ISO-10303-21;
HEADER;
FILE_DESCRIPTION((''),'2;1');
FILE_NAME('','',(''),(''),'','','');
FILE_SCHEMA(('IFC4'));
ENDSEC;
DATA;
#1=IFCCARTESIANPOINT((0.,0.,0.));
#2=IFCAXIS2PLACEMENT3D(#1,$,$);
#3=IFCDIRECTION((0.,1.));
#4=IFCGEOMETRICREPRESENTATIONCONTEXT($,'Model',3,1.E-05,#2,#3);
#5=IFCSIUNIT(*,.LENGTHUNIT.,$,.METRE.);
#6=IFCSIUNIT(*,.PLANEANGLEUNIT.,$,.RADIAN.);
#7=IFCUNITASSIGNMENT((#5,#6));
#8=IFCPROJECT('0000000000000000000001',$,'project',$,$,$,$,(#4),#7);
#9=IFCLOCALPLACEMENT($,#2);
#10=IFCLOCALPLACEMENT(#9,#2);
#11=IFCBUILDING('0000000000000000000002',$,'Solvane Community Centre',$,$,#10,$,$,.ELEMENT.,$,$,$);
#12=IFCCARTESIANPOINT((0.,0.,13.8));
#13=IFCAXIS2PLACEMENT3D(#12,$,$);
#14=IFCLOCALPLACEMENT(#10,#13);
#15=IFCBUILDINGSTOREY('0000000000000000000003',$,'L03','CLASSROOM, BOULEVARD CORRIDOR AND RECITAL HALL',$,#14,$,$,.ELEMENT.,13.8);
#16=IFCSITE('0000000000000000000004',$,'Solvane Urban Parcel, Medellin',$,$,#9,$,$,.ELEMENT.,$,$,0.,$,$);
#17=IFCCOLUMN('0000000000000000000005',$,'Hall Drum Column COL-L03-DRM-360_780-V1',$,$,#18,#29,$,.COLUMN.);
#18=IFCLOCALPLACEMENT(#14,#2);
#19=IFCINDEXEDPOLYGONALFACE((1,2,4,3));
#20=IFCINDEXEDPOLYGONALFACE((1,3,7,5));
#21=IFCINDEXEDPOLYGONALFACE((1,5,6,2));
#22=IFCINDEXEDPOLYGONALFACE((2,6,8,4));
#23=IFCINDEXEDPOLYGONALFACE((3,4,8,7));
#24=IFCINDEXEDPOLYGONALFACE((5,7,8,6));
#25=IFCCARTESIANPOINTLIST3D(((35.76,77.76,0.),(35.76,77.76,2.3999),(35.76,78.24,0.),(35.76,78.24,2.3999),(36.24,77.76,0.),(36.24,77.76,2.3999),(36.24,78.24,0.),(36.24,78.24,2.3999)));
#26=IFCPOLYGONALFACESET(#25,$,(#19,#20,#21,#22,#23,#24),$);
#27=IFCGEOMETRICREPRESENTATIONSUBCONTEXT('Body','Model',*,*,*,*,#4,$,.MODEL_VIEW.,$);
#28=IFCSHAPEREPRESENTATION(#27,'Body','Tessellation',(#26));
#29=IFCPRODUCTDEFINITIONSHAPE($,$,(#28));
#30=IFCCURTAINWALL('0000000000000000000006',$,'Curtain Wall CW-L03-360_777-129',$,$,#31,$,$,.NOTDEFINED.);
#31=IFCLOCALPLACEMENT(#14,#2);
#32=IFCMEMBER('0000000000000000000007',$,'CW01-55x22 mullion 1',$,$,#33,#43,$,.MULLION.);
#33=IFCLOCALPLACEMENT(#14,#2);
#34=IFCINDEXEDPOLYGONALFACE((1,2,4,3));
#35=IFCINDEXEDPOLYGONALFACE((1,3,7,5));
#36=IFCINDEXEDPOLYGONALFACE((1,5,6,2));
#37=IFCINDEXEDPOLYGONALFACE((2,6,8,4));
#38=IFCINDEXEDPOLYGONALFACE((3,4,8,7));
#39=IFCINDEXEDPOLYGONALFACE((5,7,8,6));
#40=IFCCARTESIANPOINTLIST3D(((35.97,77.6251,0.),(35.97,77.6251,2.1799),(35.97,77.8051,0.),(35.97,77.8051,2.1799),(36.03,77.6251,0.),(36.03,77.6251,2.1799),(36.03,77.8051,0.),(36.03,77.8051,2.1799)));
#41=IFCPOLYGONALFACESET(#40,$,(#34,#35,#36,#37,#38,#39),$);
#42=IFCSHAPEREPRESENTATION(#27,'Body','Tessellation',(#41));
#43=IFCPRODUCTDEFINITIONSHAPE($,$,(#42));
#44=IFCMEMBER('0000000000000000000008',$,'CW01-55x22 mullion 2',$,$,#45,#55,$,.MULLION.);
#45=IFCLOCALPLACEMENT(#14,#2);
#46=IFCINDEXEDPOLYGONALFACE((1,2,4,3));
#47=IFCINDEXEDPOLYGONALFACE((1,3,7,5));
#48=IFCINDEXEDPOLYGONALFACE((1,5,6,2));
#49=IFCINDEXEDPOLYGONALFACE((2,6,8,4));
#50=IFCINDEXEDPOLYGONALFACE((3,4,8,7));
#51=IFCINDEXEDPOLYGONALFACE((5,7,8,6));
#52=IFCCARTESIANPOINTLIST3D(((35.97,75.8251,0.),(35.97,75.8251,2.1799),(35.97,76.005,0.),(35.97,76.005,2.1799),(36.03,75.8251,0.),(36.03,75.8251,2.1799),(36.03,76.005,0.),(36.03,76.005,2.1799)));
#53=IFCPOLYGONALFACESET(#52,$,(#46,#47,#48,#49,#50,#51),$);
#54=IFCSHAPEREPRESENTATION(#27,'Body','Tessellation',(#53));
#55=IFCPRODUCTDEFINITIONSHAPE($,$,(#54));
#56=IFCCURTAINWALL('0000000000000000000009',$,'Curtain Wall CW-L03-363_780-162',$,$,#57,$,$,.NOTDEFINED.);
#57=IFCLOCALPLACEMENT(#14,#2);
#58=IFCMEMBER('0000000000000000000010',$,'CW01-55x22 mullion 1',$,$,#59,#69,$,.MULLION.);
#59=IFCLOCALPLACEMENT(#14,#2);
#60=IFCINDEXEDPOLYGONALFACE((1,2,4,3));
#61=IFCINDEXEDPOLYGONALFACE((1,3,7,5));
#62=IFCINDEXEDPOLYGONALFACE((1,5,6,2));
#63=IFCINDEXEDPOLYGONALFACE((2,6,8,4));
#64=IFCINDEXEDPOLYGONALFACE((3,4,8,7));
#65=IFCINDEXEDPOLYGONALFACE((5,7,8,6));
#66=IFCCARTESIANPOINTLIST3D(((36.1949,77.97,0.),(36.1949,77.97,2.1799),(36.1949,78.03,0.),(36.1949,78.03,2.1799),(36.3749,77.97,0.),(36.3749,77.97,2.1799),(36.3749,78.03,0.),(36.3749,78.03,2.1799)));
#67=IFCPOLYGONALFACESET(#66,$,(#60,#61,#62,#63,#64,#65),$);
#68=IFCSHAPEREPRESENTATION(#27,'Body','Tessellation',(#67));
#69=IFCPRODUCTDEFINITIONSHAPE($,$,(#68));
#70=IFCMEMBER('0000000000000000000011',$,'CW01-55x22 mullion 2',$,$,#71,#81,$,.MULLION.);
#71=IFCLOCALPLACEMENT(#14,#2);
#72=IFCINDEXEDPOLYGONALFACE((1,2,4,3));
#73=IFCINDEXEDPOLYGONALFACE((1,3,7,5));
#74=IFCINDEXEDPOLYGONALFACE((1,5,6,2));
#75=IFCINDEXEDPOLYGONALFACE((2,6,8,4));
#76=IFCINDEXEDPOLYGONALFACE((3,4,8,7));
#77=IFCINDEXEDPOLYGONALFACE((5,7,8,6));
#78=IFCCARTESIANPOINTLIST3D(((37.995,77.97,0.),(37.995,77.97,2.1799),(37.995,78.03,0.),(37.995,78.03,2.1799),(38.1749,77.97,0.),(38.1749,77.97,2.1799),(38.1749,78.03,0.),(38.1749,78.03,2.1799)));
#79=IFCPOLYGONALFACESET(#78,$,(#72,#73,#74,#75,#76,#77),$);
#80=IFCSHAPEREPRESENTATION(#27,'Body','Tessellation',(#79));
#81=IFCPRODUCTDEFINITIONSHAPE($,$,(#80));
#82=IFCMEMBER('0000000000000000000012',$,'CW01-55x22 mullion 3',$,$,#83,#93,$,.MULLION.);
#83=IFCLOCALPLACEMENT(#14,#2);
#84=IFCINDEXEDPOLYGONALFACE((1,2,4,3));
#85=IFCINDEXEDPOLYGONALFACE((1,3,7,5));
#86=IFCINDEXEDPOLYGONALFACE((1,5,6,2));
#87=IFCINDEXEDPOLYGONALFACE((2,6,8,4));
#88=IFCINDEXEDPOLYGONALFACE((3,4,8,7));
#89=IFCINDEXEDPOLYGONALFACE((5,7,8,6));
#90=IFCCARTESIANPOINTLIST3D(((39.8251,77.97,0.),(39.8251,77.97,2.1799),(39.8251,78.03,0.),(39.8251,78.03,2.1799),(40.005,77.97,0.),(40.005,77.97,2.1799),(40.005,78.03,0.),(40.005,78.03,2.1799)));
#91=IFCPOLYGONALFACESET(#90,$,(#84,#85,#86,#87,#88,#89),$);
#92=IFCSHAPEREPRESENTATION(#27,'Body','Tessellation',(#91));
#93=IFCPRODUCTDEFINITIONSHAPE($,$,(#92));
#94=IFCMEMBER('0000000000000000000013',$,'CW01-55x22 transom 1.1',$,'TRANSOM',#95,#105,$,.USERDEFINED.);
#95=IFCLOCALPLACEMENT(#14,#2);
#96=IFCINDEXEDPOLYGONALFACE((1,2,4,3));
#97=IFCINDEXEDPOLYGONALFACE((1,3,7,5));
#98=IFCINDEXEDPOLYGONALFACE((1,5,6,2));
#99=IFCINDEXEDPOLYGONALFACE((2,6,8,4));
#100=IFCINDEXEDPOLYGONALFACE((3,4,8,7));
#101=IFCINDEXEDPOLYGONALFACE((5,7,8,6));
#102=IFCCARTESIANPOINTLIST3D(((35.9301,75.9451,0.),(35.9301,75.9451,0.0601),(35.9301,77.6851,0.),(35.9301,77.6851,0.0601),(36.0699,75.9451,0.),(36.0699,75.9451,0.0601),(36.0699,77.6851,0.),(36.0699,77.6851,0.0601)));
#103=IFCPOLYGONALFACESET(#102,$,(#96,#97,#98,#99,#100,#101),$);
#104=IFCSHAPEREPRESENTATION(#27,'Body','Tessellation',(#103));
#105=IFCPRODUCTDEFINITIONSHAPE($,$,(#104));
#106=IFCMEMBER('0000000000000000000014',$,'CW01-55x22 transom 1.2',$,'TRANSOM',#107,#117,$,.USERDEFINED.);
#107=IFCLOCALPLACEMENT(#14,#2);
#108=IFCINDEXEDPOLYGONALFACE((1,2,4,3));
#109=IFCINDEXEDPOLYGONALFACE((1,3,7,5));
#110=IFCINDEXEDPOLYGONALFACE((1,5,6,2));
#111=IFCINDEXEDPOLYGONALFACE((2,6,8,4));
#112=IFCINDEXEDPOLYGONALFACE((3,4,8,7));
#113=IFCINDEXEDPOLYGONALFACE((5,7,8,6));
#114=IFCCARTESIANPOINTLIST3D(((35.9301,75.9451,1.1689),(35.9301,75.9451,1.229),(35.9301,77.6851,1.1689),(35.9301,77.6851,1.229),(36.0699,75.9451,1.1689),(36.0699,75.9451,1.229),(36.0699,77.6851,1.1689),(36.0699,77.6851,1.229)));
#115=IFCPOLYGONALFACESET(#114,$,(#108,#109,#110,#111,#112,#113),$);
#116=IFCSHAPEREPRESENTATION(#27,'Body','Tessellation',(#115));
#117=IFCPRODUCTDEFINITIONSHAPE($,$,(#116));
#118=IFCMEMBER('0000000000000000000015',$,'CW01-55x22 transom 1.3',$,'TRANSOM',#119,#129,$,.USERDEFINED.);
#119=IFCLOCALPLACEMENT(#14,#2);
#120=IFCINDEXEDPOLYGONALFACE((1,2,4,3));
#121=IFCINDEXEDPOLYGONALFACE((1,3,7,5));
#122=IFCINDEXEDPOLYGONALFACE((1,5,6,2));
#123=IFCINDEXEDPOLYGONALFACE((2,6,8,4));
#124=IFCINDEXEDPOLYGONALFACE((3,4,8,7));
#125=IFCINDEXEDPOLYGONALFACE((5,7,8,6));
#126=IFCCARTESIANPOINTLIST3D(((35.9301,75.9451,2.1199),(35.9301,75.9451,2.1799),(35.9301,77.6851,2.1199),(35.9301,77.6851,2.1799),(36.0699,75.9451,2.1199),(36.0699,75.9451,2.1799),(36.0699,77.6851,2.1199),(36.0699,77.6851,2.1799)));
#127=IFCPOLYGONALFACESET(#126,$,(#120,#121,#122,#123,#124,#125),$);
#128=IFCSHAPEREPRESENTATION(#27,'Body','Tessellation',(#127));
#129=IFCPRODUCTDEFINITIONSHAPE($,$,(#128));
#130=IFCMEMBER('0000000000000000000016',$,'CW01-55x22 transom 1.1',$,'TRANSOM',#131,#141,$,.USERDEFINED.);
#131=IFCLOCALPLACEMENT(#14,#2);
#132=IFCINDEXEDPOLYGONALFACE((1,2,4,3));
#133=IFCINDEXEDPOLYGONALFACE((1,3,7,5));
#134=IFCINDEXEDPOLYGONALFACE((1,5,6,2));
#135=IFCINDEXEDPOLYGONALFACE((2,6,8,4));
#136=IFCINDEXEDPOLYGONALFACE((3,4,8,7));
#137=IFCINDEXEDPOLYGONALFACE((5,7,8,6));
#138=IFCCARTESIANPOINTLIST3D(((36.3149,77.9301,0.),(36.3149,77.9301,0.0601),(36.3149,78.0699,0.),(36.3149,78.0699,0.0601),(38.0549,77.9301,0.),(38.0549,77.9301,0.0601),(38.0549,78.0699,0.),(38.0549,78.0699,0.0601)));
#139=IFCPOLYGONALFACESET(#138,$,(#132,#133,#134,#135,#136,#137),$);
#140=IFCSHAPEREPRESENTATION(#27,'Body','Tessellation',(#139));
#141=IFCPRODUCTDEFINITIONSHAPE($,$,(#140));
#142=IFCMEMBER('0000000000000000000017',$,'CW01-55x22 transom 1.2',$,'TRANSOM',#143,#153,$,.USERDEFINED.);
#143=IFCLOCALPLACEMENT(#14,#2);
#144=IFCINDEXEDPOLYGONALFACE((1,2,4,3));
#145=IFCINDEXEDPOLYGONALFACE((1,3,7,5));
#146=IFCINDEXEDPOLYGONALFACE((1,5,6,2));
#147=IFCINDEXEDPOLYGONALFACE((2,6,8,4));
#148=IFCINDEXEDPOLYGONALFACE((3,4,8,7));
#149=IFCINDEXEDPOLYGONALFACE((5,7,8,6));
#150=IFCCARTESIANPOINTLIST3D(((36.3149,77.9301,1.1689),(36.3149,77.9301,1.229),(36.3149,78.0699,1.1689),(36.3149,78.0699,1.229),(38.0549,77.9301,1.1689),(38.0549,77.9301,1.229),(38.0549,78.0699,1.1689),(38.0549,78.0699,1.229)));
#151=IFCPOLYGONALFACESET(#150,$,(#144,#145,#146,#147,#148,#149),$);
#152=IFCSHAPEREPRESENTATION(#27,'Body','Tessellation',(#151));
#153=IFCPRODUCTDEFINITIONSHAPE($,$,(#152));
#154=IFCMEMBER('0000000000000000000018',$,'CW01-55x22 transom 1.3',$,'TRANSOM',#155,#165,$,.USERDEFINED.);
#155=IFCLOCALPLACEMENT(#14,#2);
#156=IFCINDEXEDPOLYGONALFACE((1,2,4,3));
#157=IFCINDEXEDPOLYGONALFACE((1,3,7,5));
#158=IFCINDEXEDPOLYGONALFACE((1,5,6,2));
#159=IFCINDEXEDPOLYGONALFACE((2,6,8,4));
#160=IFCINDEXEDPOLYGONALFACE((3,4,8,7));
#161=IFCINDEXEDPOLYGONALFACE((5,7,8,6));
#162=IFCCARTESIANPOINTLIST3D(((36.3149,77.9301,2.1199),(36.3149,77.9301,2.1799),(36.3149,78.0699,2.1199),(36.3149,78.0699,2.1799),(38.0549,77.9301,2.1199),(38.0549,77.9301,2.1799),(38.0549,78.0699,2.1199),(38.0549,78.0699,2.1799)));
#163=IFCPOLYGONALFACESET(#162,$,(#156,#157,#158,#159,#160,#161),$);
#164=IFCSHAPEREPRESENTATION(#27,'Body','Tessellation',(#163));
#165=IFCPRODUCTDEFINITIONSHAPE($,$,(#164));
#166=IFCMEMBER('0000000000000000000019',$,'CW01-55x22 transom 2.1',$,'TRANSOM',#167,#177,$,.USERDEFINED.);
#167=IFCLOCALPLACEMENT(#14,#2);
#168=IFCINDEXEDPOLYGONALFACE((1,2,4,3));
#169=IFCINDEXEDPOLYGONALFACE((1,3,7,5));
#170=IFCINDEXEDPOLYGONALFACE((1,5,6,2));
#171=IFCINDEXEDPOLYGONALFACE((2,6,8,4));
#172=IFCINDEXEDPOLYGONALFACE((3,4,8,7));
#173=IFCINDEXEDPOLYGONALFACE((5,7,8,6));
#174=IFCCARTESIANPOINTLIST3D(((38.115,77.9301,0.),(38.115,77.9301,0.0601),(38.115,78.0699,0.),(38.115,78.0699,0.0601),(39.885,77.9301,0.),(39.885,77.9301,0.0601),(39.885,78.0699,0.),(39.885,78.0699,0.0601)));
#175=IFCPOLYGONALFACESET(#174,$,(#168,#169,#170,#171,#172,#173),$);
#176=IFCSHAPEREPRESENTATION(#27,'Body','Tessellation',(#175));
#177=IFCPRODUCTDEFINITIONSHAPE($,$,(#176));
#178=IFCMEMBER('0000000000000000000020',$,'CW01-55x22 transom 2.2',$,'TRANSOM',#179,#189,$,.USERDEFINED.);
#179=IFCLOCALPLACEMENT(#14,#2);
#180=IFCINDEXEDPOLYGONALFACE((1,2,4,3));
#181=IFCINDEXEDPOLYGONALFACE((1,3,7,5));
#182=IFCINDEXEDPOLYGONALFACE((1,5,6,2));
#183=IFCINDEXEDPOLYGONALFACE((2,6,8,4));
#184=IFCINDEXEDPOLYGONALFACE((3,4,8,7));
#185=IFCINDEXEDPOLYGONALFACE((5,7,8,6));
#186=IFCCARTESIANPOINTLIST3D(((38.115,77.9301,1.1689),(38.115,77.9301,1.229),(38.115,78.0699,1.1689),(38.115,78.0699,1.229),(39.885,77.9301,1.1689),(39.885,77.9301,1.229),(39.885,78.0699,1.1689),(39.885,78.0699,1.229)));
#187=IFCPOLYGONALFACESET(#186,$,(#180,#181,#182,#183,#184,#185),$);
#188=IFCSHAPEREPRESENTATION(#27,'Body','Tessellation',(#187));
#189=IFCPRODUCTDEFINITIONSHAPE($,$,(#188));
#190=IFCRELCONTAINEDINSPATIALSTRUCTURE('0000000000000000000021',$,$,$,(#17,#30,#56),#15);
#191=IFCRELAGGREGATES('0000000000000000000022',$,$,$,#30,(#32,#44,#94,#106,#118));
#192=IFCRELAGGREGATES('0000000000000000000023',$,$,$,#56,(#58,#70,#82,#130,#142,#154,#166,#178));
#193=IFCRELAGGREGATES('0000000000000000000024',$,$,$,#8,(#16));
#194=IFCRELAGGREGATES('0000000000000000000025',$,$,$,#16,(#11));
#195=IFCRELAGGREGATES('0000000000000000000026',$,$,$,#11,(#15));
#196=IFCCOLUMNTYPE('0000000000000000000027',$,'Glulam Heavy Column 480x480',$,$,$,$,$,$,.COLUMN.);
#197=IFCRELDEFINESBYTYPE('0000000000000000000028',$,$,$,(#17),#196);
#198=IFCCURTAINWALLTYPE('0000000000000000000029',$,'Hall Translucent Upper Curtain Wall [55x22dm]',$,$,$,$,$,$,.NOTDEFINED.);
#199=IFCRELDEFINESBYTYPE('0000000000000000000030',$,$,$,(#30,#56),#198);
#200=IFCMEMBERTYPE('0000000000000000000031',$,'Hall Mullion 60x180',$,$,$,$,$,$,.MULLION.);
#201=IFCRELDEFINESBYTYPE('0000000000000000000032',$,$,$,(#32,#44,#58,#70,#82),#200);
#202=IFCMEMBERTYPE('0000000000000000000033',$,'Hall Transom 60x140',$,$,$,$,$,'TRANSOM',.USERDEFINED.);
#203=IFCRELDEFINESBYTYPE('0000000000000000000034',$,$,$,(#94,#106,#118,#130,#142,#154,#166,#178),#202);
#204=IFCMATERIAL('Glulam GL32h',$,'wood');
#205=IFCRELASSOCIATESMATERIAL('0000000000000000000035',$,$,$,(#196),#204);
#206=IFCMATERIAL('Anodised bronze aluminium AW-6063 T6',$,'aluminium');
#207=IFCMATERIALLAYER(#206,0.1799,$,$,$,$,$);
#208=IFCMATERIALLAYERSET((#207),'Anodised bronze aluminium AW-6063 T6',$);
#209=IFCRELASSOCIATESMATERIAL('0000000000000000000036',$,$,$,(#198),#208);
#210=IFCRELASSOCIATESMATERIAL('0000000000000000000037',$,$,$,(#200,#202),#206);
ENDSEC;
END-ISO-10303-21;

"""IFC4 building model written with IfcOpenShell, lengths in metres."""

from ifc_helpers import new_model, si_unit, direction, frame, origin, origin_2d, place, context, subcontext, project, spatial, rectangle, extrude, material, layer, layer_set, material_profile, profile_set, type_object, element, aggregate, save


model = new_model("IFC4")

# Units and contexts
model_context = context("Model", 3, precision=1e-05, world=origin(), true_north=direction((0.0, 1.0)))
body_context = subcontext(model_context, "Body", "Model", "MODEL_VIEW")
ifc_project = project(units=[si_unit("LENGTHUNIT", "METRE"), si_unit("PLANEANGLEUNIT", "RADIAN")], contexts=[model_context])

# Site, building, storey
site_placement = place(None, origin())
site = spatial("IfcSite", under=ifc_project, at=site_placement, Name="Solvane Urban Parcel, Medellin", CompositionType="ELEMENT", RefElevation=0.0)
building_placement = place(site_placement, origin())
building = spatial("IfcBuilding", under=site, at=building_placement, Name="Solvane Community Centre", CompositionType="ELEMENT")
storey_placement = place(building_placement, frame((0.0, 0.0, 13.8)))
storey = spatial("IfcBuildingStorey", under=building, at=storey_placement, Name="L03", Description="CLASSROOM, BOULEVARD CORRIDOR AND RECITAL HALL", CompositionType="ELEMENT", Elevation=13.8)

# Column
ifc_material_1 = material(Name="Glulam GL32h", Category="wood")
ifc_material_profile_1 = material_profile(ifc_material_1, rectangle(XDim=0.48, YDim=0.48, at=origin_2d()), Name="GL32h 480x480")
ifc_profile_set_1 = profile_set([ifc_material_profile_1], Name="Glulam GL32h")
column_type = type_object("IfcColumnType", Name="Glulam Heavy Column 480x480", PredefinedType="COLUMN", material=ifc_profile_set_1)
column_placement = place(storey_placement, frame((36.0, 78.0, 0.0), z_axis=(0.0, 0.0, 1.0), x_axis=(1.0, 0.0, 0.0)))
element("IfcColumn", 1, at=column_placement, inside=storey, type_object=column_type, Name="Hall Drum Column COL-L03-DRM-360_780-V1", PredefinedType="COLUMN", context=body_context, shape_type="SweptSolid", body=[
    extrude(rectangle(XDim=0.48, YDim=0.48, at=origin_2d()), origin(), (0.0, 0.0, 1.0), 2.3999),
])

# Curtain walls, members
ifc_material_2 = material(Name="Anodised bronze aluminium AW-6063 T6", Category="aluminium")
ifc_layer_1 = layer(ifc_material_2, 0.1799)
ifc_layer_set_1 = layer_set([ifc_layer_1], Name="Anodised bronze aluminium AW-6063 T6")
curtain_wall_type = type_object("IfcCurtainWallType", Name="Hall Translucent Upper Curtain Wall [55x22dm]", PredefinedType="NOTDEFINED", material=ifc_layer_set_1)
curtain_wall_1_placement = place(storey_placement, origin())
curtain_wall_1 = element("IfcCurtainWall", 2, at=curtain_wall_1_placement, inside=storey, type_object=curtain_wall_type, Name="Curtain Wall CW-L03-360_777-129", PredefinedType="NOTDEFINED")
ifc_material_profile_2 = material_profile(ifc_material_2, rectangle(XDim=0.0601, YDim=0.1799, at=origin_2d()), Name="CW-M 60x180")
ifc_profile_set_2 = profile_set([ifc_material_profile_2], Name="Anodised bronze aluminium AW-6063 T6")
member_type_1 = type_object("IfcMemberType", Name="Hall Mullion 60x180", PredefinedType="MULLION", material=ifc_profile_set_2)
member_1_placement = place(storey_placement, frame((36.0, 77.7151, 0.0), z_axis=(0.0, 0.0, 1.0), x_axis=(1.0, 0.0, 0.0)))
member_1 = element("IfcMember", 3, at=member_1_placement, type_object=member_type_1, Name="CW01-55x22 mullion 1", PredefinedType="MULLION", context=body_context, shape_type="SweptSolid", body=[
    extrude(rectangle(XDim=0.0601, YDim=0.1799, at=origin_2d()), origin(), (0.0, 0.0, 1.0), 2.1799),
])
member_2_placement = place(storey_placement, frame((36.0, 75.915, 0.0), z_axis=(0.0, 0.0, 1.0), x_axis=(1.0, 0.0, 0.0)))
member_2 = element("IfcMember", 4, at=member_2_placement, type_object=member_type_1, Name="CW01-55x22 mullion 2", PredefinedType="MULLION", context=body_context, shape_type="SweptSolid", body=[
    extrude(rectangle(XDim=0.0601, YDim=0.1799, at=origin_2d()), origin(), (0.0, 0.0, 1.0), 2.1799),
])
curtain_wall_2_placement = place(storey_placement, origin())
curtain_wall_2 = element("IfcCurtainWall", 5, at=curtain_wall_2_placement, inside=storey, type_object=curtain_wall_type, Name="Curtain Wall CW-L03-363_780-162", PredefinedType="NOTDEFINED")
member_3_placement = place(storey_placement, frame((36.2849, 78.0, 0.0), z_axis=(0.0, 0.0, 1.0), x_axis=(0.0, 1.0, 0.0)))
member_3 = element("IfcMember", 6, at=member_3_placement, type_object=member_type_1, Name="CW01-55x22 mullion 1", PredefinedType="MULLION", context=body_context, shape_type="SweptSolid", body=[
    extrude(rectangle(XDim=0.0601, YDim=0.1799, at=origin_2d()), origin(), (0.0, 0.0, 1.0), 2.1799),
])
member_4_placement = place(storey_placement, frame((38.085, 78.0, 0.0), z_axis=(0.0, 0.0, 1.0), x_axis=(0.0, 1.0, 0.0)))
member_4 = element("IfcMember", 7, at=member_4_placement, type_object=member_type_1, Name="CW01-55x22 mullion 2", PredefinedType="MULLION", context=body_context, shape_type="SweptSolid", body=[
    extrude(rectangle(XDim=0.0601, YDim=0.1799, at=origin_2d()), origin(), (0.0, 0.0, 1.0), 2.1799),
])
member_5_placement = place(storey_placement, frame((39.915, 78.0, 0.0), z_axis=(0.0, 0.0, 1.0), x_axis=(0.0, 1.0, 0.0)))
member_5 = element("IfcMember", 8, at=member_5_placement, type_object=member_type_1, Name="CW01-55x22 mullion 3", PredefinedType="MULLION", context=body_context, shape_type="SweptSolid", body=[
    extrude(rectangle(XDim=0.0601, YDim=0.1799, at=origin_2d()), origin(), (0.0, 0.0, 1.0), 2.1799),
])

# Members
ifc_material_profile_3 = material_profile(ifc_material_2, rectangle(XDim=0.1399, YDim=0.0601, at=origin_2d()), Name="CW-T 60x140")
ifc_profile_set_3 = profile_set([ifc_material_profile_3], Name="Anodised bronze aluminium AW-6063 T6")
member_type_2 = type_object("IfcMemberType", Name="Hall Transom 60x140", ElementType="TRANSOM", PredefinedType="USERDEFINED", material=ifc_profile_set_3)
member_6_placement = place(storey_placement, frame((36.0, 77.6851, 0.03), z_axis=(0.0, -1.0, 0.0), x_axis=(1.0, 0.0, 0.0)))
member_6 = element("IfcMember", 9, at=member_6_placement, type_object=member_type_2, Name="CW01-55x22 transom 1.1", ObjectType="TRANSOM", PredefinedType="USERDEFINED", context=body_context, shape_type="SweptSolid", body=[
    extrude(rectangle(XDim=0.1399, YDim=0.0601, at=origin_2d()), origin(), (0.0, 0.0, 1.0), 1.74),
])
member_7_placement = place(storey_placement, frame((36.0, 77.6851, 1.199), z_axis=(0.0, -1.0, 0.0), x_axis=(1.0, 0.0, 0.0)))
member_7 = element("IfcMember", 10, at=member_7_placement, type_object=member_type_2, Name="CW01-55x22 transom 1.2", ObjectType="TRANSOM", PredefinedType="USERDEFINED", context=body_context, shape_type="SweptSolid", body=[
    extrude(rectangle(XDim=0.1399, YDim=0.0601, at=origin_2d()), origin(), (0.0, 0.0, 1.0), 1.74),
])
member_8_placement = place(storey_placement, frame((36.0, 77.6851, 2.1499), z_axis=(0.0, -1.0, 0.0), x_axis=(1.0, 0.0, 0.0)))
member_8 = element("IfcMember", 11, at=member_8_placement, type_object=member_type_2, Name="CW01-55x22 transom 1.3", ObjectType="TRANSOM", PredefinedType="USERDEFINED", context=body_context, shape_type="SweptSolid", body=[
    extrude(rectangle(XDim=0.1399, YDim=0.0601, at=origin_2d()), origin(), (0.0, 0.0, 1.0), 1.74),
])
member_9_placement = place(storey_placement, frame((36.3149, 78.0, 0.03), z_axis=(1.0, 0.0, 0.0), x_axis=(0.0, 1.0, 0.0)))
member_9 = element("IfcMember", 12, at=member_9_placement, type_object=member_type_2, Name="CW01-55x22 transom 1.1", ObjectType="TRANSOM", PredefinedType="USERDEFINED", context=body_context, shape_type="SweptSolid", body=[
    extrude(rectangle(XDim=0.1399, YDim=0.0601, at=origin_2d()), origin(), (0.0, 0.0, 1.0), 1.74),
])
member_10_placement = place(storey_placement, frame((36.3149, 78.0, 1.199), z_axis=(1.0, 0.0, 0.0), x_axis=(0.0, 1.0, 0.0)))
member_10 = element("IfcMember", 13, at=member_10_placement, type_object=member_type_2, Name="CW01-55x22 transom 1.2", ObjectType="TRANSOM", PredefinedType="USERDEFINED", context=body_context, shape_type="SweptSolid", body=[
    extrude(rectangle(XDim=0.1399, YDim=0.0601, at=origin_2d()), origin(), (0.0, 0.0, 1.0), 1.74),
])
member_11_placement = place(storey_placement, frame((36.3149, 78.0, 2.1499), z_axis=(1.0, 0.0, 0.0), x_axis=(0.0, 1.0, 0.0)))
member_11 = element("IfcMember", 14, at=member_11_placement, type_object=member_type_2, Name="CW01-55x22 transom 1.3", ObjectType="TRANSOM", PredefinedType="USERDEFINED", context=body_context, shape_type="SweptSolid", body=[
    extrude(rectangle(XDim=0.1399, YDim=0.0601, at=origin_2d()), origin(), (0.0, 0.0, 1.0), 1.74),
])
member_12_placement = place(storey_placement, frame((38.115, 78.0, 0.03), z_axis=(1.0, 0.0, 0.0), x_axis=(0.0, 1.0, 0.0)))
member_12 = element("IfcMember", 15, at=member_12_placement, type_object=member_type_2, Name="CW01-55x22 transom 2.1", ObjectType="TRANSOM", PredefinedType="USERDEFINED", context=body_context, shape_type="SweptSolid", body=[
    extrude(rectangle(XDim=0.1399, YDim=0.0601, at=origin_2d()), origin(), (0.0, 0.0, 1.0), 1.77),
])
member_13_placement = place(storey_placement, frame((38.115, 78.0, 1.199), z_axis=(1.0, 0.0, 0.0), x_axis=(0.0, 1.0, 0.0)))
member_13 = element("IfcMember", 16, at=member_13_placement, type_object=member_type_2, Name="CW01-55x22 transom 2.2", ObjectType="TRANSOM", PredefinedType="USERDEFINED", context=body_context, shape_type="SweptSolid", body=[
    extrude(rectangle(XDim=0.1399, YDim=0.0601, at=origin_2d()), origin(), (0.0, 0.0, 1.0), 1.77),
])

aggregate(curtain_wall_1, [member_1, member_2, member_6, member_7, member_8])
aggregate(curtain_wall_2, [member_3, member_4, member_5, member_9, member_10, member_11, member_12, member_13])

save(model, "model.ifc")
